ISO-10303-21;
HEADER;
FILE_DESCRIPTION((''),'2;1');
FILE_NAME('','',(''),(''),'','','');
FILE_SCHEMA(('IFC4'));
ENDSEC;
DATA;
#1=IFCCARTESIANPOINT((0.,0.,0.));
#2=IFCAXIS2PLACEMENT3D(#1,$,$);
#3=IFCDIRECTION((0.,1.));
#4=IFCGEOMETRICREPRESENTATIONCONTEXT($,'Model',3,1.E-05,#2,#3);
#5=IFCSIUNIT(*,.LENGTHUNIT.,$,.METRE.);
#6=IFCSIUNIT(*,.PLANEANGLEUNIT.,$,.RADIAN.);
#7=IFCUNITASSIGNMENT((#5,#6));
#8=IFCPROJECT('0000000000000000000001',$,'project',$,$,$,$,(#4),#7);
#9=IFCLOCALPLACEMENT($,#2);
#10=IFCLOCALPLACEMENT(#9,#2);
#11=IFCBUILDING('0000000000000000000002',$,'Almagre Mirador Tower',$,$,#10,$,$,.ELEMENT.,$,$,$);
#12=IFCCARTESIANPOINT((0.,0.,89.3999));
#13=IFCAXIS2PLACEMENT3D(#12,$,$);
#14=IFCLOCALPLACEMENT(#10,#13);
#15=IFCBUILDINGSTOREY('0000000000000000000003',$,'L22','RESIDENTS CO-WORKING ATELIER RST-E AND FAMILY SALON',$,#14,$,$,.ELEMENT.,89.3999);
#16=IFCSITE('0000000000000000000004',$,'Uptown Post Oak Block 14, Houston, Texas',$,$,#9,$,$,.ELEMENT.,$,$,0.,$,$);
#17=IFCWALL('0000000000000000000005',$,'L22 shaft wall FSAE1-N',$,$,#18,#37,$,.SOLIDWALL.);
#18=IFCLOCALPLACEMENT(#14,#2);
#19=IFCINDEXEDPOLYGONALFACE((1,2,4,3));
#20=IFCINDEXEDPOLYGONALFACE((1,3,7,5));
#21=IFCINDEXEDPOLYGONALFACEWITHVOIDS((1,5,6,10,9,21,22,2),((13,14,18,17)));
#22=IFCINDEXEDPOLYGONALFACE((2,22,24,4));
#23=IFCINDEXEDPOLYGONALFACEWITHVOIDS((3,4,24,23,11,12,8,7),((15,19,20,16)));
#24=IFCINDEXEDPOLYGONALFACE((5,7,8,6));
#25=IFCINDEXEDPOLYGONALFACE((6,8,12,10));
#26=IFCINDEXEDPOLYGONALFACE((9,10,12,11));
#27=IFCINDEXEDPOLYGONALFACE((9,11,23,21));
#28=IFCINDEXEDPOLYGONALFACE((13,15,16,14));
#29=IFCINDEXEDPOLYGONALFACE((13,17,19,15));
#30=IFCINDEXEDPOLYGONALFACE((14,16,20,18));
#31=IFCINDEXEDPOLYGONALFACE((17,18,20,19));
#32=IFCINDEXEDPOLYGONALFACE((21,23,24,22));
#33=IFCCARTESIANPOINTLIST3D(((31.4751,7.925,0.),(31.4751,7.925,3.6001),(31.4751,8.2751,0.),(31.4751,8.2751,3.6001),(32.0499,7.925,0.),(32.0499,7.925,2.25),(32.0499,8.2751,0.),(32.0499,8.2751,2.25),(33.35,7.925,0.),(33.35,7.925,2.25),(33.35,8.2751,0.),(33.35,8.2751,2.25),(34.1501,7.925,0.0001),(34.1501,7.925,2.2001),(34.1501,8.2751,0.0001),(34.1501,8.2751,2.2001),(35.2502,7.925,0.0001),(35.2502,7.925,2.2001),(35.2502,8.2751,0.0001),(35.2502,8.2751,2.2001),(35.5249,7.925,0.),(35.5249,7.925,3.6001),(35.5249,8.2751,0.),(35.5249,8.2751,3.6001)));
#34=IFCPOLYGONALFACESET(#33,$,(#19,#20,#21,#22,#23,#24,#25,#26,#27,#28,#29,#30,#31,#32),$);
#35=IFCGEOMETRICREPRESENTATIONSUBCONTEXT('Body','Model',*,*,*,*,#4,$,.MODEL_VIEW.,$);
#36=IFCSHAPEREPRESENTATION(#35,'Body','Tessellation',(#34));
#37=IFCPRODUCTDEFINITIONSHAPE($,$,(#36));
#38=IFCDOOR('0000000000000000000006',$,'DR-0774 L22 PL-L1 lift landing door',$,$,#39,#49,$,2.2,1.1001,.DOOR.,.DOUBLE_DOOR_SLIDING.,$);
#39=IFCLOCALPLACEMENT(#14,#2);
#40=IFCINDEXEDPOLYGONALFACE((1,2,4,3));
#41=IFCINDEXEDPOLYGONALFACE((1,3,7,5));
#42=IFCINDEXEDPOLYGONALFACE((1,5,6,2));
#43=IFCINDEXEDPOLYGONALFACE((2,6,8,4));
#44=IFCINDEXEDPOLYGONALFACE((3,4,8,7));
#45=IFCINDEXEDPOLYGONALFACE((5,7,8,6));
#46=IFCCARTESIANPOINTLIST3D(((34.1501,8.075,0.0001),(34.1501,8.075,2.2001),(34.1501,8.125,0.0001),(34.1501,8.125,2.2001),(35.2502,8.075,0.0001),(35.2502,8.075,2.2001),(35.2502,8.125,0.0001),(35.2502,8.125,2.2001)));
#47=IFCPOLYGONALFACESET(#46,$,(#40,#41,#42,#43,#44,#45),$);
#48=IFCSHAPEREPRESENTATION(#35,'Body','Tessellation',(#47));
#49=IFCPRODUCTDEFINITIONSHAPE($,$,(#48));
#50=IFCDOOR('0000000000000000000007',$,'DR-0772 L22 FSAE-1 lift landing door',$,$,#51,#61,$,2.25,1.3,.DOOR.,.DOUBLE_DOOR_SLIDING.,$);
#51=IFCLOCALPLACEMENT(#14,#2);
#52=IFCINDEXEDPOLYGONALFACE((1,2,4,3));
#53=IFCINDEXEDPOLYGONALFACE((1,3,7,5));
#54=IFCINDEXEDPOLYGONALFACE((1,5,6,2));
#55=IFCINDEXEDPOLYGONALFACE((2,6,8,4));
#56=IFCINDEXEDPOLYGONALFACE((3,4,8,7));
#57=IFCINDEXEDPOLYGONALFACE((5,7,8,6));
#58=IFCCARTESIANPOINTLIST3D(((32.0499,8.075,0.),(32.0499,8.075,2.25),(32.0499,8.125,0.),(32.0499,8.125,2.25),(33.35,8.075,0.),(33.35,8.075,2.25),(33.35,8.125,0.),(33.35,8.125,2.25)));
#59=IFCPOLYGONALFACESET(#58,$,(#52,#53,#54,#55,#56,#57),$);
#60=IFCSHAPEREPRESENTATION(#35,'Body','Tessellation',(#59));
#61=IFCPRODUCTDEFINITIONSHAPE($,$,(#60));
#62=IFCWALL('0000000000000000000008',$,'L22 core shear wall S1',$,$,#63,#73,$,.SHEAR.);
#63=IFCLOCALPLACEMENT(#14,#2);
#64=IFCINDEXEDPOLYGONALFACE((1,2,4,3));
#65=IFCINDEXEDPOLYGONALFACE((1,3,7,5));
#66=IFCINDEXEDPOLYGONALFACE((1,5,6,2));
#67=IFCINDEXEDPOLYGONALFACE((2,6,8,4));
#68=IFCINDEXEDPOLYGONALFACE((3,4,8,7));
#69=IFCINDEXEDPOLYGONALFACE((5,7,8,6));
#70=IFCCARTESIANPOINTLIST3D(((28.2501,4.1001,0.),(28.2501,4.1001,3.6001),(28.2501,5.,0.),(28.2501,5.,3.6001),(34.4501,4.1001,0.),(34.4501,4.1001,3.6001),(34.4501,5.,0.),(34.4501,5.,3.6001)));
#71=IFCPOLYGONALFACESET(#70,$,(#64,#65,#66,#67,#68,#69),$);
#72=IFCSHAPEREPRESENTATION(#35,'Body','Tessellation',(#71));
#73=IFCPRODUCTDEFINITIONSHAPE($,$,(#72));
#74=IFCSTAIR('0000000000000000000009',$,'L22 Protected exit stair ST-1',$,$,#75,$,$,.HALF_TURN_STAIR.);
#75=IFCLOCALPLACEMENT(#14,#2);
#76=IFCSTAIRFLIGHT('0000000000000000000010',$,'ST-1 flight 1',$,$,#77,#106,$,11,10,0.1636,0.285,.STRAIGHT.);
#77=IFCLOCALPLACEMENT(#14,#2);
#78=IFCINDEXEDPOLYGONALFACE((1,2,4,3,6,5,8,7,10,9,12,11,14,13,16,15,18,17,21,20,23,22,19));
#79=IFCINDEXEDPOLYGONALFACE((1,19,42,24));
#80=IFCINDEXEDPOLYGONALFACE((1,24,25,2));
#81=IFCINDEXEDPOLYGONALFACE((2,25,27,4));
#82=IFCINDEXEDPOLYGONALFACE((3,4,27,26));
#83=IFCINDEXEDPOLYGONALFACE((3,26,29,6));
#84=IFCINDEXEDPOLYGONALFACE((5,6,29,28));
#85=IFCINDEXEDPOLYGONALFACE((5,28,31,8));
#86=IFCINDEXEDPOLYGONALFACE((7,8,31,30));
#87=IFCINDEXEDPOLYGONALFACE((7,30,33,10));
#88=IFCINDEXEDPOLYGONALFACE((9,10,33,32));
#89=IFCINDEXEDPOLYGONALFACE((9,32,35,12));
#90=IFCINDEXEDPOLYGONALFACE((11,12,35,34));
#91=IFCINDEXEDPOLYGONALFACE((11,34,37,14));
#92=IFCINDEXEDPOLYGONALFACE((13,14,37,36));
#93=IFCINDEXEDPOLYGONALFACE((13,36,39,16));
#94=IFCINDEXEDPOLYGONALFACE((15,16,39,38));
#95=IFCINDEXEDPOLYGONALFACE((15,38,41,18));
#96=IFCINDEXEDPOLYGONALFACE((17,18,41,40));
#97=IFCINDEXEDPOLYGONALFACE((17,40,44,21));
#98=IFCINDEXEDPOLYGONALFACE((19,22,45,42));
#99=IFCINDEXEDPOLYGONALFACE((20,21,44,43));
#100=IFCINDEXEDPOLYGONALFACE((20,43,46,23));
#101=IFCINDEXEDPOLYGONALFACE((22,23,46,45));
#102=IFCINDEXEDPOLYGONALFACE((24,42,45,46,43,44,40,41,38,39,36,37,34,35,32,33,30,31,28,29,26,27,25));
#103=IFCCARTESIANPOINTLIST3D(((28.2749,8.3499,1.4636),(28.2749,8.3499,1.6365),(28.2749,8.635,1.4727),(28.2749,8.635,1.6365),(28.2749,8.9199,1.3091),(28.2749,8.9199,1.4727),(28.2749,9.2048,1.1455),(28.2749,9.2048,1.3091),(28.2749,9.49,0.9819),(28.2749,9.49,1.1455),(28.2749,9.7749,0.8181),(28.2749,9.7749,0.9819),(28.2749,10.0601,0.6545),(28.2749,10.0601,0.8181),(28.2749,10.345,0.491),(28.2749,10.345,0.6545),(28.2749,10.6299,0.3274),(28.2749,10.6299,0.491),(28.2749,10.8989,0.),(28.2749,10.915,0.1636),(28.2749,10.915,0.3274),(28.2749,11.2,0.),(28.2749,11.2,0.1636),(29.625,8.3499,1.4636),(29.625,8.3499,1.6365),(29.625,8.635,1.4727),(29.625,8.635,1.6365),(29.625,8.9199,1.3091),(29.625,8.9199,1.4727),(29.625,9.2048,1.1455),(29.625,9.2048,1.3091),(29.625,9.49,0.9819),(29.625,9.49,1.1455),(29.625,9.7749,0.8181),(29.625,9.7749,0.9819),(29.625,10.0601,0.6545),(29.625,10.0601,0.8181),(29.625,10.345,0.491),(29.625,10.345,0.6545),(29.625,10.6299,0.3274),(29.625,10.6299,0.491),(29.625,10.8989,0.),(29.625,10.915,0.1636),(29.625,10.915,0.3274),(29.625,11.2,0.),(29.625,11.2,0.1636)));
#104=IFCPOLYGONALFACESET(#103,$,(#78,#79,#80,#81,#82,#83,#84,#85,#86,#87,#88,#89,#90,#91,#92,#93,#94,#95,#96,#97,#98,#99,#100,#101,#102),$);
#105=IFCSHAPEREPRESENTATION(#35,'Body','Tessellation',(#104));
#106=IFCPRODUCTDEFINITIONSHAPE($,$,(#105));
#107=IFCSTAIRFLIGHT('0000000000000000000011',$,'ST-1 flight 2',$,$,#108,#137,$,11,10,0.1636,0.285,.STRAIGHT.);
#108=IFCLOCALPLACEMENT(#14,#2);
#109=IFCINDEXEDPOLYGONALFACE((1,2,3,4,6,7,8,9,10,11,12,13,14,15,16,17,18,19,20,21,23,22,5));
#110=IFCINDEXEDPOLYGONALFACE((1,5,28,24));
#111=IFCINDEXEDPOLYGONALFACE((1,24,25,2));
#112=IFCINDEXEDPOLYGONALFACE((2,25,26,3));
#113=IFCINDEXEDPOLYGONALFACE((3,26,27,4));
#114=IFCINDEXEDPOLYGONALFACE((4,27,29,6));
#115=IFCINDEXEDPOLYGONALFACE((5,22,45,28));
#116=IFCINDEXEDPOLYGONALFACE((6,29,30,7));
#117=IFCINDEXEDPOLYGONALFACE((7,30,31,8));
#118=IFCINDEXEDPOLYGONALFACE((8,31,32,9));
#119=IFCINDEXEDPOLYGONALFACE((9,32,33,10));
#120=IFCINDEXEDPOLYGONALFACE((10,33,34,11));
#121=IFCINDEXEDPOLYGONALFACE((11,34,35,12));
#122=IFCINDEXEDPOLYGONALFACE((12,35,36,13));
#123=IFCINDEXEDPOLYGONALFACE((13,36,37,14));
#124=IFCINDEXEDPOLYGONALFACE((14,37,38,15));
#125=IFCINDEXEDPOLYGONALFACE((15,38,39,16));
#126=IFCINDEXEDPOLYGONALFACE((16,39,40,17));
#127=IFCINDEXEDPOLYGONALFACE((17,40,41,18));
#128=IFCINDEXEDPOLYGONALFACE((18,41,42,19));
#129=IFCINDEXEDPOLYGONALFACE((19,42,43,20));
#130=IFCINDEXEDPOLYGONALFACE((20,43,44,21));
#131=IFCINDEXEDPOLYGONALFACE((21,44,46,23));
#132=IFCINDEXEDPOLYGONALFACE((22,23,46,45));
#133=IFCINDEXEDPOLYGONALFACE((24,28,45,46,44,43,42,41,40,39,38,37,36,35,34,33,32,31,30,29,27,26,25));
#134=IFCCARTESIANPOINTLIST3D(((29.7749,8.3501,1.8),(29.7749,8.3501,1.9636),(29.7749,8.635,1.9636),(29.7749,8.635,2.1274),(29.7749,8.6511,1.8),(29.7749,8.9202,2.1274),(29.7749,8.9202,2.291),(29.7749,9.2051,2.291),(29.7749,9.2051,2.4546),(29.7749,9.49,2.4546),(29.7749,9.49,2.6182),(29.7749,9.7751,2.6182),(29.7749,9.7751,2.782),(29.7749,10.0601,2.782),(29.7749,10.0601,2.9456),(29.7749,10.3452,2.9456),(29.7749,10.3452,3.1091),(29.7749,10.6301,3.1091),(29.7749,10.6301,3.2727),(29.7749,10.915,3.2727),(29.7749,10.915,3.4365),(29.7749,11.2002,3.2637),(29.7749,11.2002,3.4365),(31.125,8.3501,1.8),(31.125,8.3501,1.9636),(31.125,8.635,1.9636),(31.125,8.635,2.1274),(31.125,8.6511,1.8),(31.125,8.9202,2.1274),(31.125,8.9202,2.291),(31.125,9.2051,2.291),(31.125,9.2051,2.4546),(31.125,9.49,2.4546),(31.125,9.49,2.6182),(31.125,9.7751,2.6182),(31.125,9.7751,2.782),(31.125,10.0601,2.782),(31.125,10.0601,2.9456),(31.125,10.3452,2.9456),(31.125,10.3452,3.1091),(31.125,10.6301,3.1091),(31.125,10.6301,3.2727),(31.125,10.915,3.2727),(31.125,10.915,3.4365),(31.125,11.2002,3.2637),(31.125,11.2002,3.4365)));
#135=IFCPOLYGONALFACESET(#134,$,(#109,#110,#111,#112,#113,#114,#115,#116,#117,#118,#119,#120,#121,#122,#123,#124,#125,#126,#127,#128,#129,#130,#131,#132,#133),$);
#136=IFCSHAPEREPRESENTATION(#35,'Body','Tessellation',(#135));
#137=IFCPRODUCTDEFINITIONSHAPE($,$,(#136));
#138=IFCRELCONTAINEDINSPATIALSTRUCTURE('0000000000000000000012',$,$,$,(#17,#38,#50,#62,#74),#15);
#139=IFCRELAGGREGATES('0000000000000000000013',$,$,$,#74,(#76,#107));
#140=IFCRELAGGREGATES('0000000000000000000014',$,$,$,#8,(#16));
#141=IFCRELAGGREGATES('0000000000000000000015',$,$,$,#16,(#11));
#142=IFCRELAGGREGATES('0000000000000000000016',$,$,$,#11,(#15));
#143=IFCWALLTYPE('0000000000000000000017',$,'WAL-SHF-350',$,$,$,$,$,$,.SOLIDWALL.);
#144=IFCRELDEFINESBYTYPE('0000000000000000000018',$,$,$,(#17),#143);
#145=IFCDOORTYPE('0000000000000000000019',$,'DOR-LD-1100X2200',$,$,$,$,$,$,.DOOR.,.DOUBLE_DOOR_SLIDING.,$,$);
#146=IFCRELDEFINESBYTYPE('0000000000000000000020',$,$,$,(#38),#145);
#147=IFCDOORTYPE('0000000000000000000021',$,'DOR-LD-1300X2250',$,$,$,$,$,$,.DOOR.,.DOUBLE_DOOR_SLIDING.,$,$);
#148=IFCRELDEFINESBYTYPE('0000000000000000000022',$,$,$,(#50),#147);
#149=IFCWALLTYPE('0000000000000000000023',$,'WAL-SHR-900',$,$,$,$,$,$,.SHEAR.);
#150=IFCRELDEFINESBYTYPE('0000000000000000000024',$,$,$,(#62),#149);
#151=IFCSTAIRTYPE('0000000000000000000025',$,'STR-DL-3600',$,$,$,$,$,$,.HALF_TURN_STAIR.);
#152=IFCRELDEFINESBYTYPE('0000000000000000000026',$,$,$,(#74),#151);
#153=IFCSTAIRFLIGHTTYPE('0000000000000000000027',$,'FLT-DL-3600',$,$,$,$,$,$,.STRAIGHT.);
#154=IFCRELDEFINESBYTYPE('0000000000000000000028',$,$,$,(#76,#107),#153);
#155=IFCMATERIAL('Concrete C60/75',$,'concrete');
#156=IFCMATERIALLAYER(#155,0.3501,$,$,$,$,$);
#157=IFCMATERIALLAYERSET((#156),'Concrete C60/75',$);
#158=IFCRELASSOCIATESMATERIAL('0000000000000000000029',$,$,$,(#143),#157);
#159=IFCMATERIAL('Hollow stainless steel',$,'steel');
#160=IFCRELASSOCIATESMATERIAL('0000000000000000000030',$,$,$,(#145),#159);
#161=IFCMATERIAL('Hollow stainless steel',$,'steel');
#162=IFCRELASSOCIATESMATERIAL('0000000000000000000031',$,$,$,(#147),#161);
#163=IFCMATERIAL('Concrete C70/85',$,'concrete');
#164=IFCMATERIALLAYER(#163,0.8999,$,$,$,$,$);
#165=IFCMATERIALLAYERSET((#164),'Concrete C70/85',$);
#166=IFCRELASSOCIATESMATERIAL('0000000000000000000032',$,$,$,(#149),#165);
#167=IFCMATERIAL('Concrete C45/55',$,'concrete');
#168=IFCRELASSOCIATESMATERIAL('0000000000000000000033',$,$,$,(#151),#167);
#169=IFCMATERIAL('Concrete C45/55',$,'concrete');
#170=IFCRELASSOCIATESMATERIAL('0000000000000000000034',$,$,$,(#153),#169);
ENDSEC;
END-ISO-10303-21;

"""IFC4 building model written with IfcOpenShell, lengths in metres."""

from ifc_helpers import new_model, si_unit, direction, frame, frame_2d, origin, place, context, subcontext, project, spatial, polyline, rectangle, outline, extrude, material, layer, layer_set, type_object, element, fill, aggregate, save


model = new_model("IFC4")

# Units and contexts
model_context = context("Model", 3, precision=1e-05, world=origin(), true_north=direction((0.0, 1.0)))
body_context = subcontext(model_context, "Body", "Model", "MODEL_VIEW")
ifc_project = project(units=[si_unit("LENGTHUNIT", "METRE"), si_unit("PLANEANGLEUNIT", "RADIAN")], contexts=[model_context])

# Site, building, storey
site_placement = place(None, origin())
site = spatial("IfcSite", under=ifc_project, at=site_placement, Name="Uptown Post Oak Block 14, Houston, Texas", CompositionType="ELEMENT", RefElevation=0.0)
building_placement = place(site_placement, origin())
building = spatial("IfcBuilding", under=site, at=building_placement, Name="Almagre Mirador Tower", CompositionType="ELEMENT")
storey_placement = place(building_placement, frame((0.0, 0.0, 89.3999)))
storey = spatial("IfcBuildingStorey", under=building, at=storey_placement, Name="L22", Description="RESIDENTS CO-WORKING ATELIER RST-E AND FAMILY SALON", CompositionType="ELEMENT", Elevation=89.3999)

# Shared definitions
ifc_material_1 = material(Name="Concrete C60/75", Category="concrete")
ifc_layer_1 = layer(ifc_material_1, 0.3501)
ifc_layer_set_1 = layer_set([ifc_layer_1], Name="Concrete C60/75")
wall_type_1 = type_object("IfcWallType", Name="WAL-SHF-350", PredefinedType="SOLIDWALL", material=ifc_layer_set_1)

# Wall, openings, doors
wall_1_placement = place(storey_placement, frame((31.4751, 8.1001, 0.0), z_axis=(0.0, 0.0, 1.0), x_axis=(1.0, 0.0, 0.0)))
wall_1 = element("IfcWall", 1, at=wall_1_placement, inside=storey, type_object=wall_type_1, Name="L22 shaft wall FSAE1-N", PredefinedType="SOLIDWALL", context=body_context, shape_type="SweptSolid", body=[
    extrude(rectangle(XDim=4.0498, YDim=0.3501, at=frame_2d((2.0249, 0.0))), origin(), (0.0, 0.0, 1.0), 3.6001),
])
opening_1_placement = place(wall_1_placement, frame((0.575, 0.0, 0.0)))
opening_1 = element("IfcOpeningElement", 2, at=opening_1_placement, cuts=wall_1, PredefinedType="OPENING", context=body_context, shape_type="SweptSolid", body=[
    extrude(rectangle(XDim=1.3, YDim=2.25, at=frame_2d((0.6499, 1.125))), frame((0.0, 0.185, 0.0), z_axis=(0.0, -1.0, 0.0), x_axis=(1.0, 0.0, 0.0)), (0.0, 0.0, 1.0), 0.3701),
])
opening_2_placement = place(wall_1_placement, frame((2.675, 0.0, 0.0)))
opening_2 = element("IfcOpeningElement", 3, at=opening_2_placement, cuts=wall_1, PredefinedType="OPENING", context=body_context, shape_type="SweptSolid", body=[
    extrude(rectangle(XDim=1.1001, YDim=2.2, at=frame_2d((0.55, 1.1001))), frame((0.0, 0.185, 0.0), z_axis=(0.0, -1.0, 0.0), x_axis=(1.0, 0.0, 0.0)), (0.0, 0.0, 1.0), 0.3701),
])
ifc_material_2 = material(Name="Hollow stainless steel", Category="steel")
door_type_1 = type_object("IfcDoorType", Name="DOR-LD-1100X2200", OperationType="DOUBLE_DOOR_SLIDING", PredefinedType="DOOR", material=ifc_material_2)
door_1_placement = place(opening_2_placement, origin())
door_1 = element("IfcDoor", 4, at=door_1_placement, inside=storey, type_object=door_type_1, Name="DR-0774 L22 PL-L1 lift landing door", OperationType="DOUBLE_DOOR_SLIDING", OverallHeight=2.2, OverallWidth=1.1001, PredefinedType="DOOR", context=body_context, shape_type="SweptSolid", body=[
    extrude(rectangle(XDim=1.1001, YDim=2.2, at=frame_2d((0.55, 1.1001))), frame((0.0, 0.0249, 0.0), z_axis=(0.0, -1.0, 0.0), x_axis=(1.0, 0.0, 0.0)), (0.0, 0.0, 1.0), 0.05),
])
fill(opening_2, door_1)
ifc_material_3 = material(Name="Hollow stainless steel", Category="steel")
door_type_2 = type_object("IfcDoorType", Name="DOR-LD-1300X2250", OperationType="DOUBLE_DOOR_SLIDING", PredefinedType="DOOR", material=ifc_material_3)
door_2_placement = place(opening_1_placement, origin())
door_2 = element("IfcDoor", 5, at=door_2_placement, inside=storey, type_object=door_type_2, Name="DR-0772 L22 FSAE-1 lift landing door", OperationType="DOUBLE_DOOR_SLIDING", OverallHeight=2.25, OverallWidth=1.3, PredefinedType="DOOR", context=body_context, shape_type="SweptSolid", body=[
    extrude(rectangle(XDim=1.3, YDim=2.25, at=frame_2d((0.6499, 1.125))), frame((0.0, 0.0249, 0.0), z_axis=(0.0, -1.0, 0.0), x_axis=(1.0, 0.0, 0.0)), (0.0, 0.0, 1.0), 0.05),
])
fill(opening_1, door_2)

# Wall
ifc_material_4 = material(Name="Concrete C70/85", Category="concrete")
ifc_layer_2 = layer(ifc_material_4, 0.8999)
ifc_layer_set_2 = layer_set([ifc_layer_2], Name="Concrete C70/85")
wall_type_2 = type_object("IfcWallType", Name="WAL-SHR-900", PredefinedType="SHEAR", material=ifc_layer_set_2)
wall_2_placement = place(storey_placement, frame((28.25, 4.55, 0.0), z_axis=(0.0, 0.0, 1.0), x_axis=(1.0, 0.0, 0.0)))
element("IfcWall", 6, at=wall_2_placement, inside=storey, type_object=wall_type_2, Name="L22 core shear wall S1", PredefinedType="SHEAR", context=body_context, shape_type="SweptSolid", body=[
    extrude(rectangle(XDim=6.2, YDim=0.8999, at=frame_2d((3.1001, 0.0))), origin(), (0.0, 0.0, 1.0), 3.6001),
])

# Stair, stair flights
ifc_material_5 = material(Name="Concrete C45/55", Category="concrete")
stair_type = type_object("IfcStairType", Name="STR-DL-3600", PredefinedType="HALF_TURN_STAIR", material=ifc_material_5)
stair_placement = place(storey_placement, origin())
stair = element("IfcStair", 7, at=stair_placement, inside=storey, type_object=stair_type, Name="L22 Protected exit stair ST-1", PredefinedType="HALF_TURN_STAIR")
ifc_material_6 = material(Name="Concrete C45/55", Category="concrete")
stair_flight_type = type_object("IfcStairFlightType", Name="FLT-DL-3600", PredefinedType="STRAIGHT", material=ifc_material_6)
stair_flight_1_placement = place(storey_placement, frame((28.95, 11.2, 0.0), z_axis=(0.0, 0.0, 1.0), x_axis=(0.0, -1.0, 0.0)))
stair_flight_1 = element("IfcStairFlight", 8, at=stair_flight_1_placement, type_object=stair_flight_type, Name="ST-1 flight 1", NumberOfRisers=11, NumberOfTreads=10, PredefinedType="STRAIGHT", RiserHeight=0.1636, TreadLength=0.285, context=body_context, shape_type="SweptSolid", body=[
    extrude(outline(polyline([(0.0, 0.0), (0.0, 0.1636), (0.2849, 0.1636), (0.2849, 0.3274), (0.5701, 0.3274), (0.5701, 0.491), (0.855, 0.491), (0.855, 0.6545), (1.1399, 0.6545), (1.1399, 0.8181), (1.425, 0.8181), (1.425, 0.9819), (1.71, 0.9819), (1.71, 1.1455), (1.9951, 1.1455), (1.9951, 1.3091), (2.28, 1.3091), (2.28, 1.4727), (2.5649, 1.4727), (2.5649, 1.6365), (2.8501, 1.6365), (2.8501, 1.8), (2.8501, 1.4636), (0.301, 0.0), (0.0, 0.0)])), frame((0.0, 0.675, 0.0), z_axis=(0.0, -1.0, 0.0), x_axis=(1.0, 0.0, 0.0)), (0.0, 0.0, 1.0), 1.3501),
])
stair_flight_2_placement = place(storey_placement, frame((30.45, 8.3501, 1.8), z_axis=(0.0, 0.0, 1.0), x_axis=(0.0, 1.0, 0.0)))
stair_flight_2 = element("IfcStairFlight", 9, at=stair_flight_2_placement, type_object=stair_flight_type, Name="ST-1 flight 2", NumberOfRisers=11, NumberOfTreads=10, PredefinedType="STRAIGHT", RiserHeight=0.1636, TreadLength=0.285, context=body_context, shape_type="SweptSolid", body=[
    extrude(outline(polyline([(0.0, 0.0), (0.0, 0.1636), (0.2849, 0.1636), (0.2849, 0.3274), (0.5701, 0.3274), (0.5701, 0.491), (0.855, 0.491), (0.855, 0.6545), (1.1399, 0.6545), (1.1399, 0.8181), (1.425, 0.8181), (1.425, 0.9819), (1.71, 0.9819), (1.71, 1.1455), (1.9951, 1.1455), (1.9951, 1.3091), (2.28, 1.3091), (2.28, 1.4727), (2.5649, 1.4727), (2.5649, 1.6365), (2.8501, 1.6365), (2.8501, 1.8), (2.8501, 1.4636), (0.301, 0.0), (0.0, 0.0)])), frame((0.0, 0.675, 0.0), z_axis=(0.0, -1.0, 0.0), x_axis=(1.0, 0.0, 0.0)), (0.0, 0.0, 1.0), 1.3501),
])
aggregate(stair, [stair_flight_1, stair_flight_2])

save(model, "model.ifc")
